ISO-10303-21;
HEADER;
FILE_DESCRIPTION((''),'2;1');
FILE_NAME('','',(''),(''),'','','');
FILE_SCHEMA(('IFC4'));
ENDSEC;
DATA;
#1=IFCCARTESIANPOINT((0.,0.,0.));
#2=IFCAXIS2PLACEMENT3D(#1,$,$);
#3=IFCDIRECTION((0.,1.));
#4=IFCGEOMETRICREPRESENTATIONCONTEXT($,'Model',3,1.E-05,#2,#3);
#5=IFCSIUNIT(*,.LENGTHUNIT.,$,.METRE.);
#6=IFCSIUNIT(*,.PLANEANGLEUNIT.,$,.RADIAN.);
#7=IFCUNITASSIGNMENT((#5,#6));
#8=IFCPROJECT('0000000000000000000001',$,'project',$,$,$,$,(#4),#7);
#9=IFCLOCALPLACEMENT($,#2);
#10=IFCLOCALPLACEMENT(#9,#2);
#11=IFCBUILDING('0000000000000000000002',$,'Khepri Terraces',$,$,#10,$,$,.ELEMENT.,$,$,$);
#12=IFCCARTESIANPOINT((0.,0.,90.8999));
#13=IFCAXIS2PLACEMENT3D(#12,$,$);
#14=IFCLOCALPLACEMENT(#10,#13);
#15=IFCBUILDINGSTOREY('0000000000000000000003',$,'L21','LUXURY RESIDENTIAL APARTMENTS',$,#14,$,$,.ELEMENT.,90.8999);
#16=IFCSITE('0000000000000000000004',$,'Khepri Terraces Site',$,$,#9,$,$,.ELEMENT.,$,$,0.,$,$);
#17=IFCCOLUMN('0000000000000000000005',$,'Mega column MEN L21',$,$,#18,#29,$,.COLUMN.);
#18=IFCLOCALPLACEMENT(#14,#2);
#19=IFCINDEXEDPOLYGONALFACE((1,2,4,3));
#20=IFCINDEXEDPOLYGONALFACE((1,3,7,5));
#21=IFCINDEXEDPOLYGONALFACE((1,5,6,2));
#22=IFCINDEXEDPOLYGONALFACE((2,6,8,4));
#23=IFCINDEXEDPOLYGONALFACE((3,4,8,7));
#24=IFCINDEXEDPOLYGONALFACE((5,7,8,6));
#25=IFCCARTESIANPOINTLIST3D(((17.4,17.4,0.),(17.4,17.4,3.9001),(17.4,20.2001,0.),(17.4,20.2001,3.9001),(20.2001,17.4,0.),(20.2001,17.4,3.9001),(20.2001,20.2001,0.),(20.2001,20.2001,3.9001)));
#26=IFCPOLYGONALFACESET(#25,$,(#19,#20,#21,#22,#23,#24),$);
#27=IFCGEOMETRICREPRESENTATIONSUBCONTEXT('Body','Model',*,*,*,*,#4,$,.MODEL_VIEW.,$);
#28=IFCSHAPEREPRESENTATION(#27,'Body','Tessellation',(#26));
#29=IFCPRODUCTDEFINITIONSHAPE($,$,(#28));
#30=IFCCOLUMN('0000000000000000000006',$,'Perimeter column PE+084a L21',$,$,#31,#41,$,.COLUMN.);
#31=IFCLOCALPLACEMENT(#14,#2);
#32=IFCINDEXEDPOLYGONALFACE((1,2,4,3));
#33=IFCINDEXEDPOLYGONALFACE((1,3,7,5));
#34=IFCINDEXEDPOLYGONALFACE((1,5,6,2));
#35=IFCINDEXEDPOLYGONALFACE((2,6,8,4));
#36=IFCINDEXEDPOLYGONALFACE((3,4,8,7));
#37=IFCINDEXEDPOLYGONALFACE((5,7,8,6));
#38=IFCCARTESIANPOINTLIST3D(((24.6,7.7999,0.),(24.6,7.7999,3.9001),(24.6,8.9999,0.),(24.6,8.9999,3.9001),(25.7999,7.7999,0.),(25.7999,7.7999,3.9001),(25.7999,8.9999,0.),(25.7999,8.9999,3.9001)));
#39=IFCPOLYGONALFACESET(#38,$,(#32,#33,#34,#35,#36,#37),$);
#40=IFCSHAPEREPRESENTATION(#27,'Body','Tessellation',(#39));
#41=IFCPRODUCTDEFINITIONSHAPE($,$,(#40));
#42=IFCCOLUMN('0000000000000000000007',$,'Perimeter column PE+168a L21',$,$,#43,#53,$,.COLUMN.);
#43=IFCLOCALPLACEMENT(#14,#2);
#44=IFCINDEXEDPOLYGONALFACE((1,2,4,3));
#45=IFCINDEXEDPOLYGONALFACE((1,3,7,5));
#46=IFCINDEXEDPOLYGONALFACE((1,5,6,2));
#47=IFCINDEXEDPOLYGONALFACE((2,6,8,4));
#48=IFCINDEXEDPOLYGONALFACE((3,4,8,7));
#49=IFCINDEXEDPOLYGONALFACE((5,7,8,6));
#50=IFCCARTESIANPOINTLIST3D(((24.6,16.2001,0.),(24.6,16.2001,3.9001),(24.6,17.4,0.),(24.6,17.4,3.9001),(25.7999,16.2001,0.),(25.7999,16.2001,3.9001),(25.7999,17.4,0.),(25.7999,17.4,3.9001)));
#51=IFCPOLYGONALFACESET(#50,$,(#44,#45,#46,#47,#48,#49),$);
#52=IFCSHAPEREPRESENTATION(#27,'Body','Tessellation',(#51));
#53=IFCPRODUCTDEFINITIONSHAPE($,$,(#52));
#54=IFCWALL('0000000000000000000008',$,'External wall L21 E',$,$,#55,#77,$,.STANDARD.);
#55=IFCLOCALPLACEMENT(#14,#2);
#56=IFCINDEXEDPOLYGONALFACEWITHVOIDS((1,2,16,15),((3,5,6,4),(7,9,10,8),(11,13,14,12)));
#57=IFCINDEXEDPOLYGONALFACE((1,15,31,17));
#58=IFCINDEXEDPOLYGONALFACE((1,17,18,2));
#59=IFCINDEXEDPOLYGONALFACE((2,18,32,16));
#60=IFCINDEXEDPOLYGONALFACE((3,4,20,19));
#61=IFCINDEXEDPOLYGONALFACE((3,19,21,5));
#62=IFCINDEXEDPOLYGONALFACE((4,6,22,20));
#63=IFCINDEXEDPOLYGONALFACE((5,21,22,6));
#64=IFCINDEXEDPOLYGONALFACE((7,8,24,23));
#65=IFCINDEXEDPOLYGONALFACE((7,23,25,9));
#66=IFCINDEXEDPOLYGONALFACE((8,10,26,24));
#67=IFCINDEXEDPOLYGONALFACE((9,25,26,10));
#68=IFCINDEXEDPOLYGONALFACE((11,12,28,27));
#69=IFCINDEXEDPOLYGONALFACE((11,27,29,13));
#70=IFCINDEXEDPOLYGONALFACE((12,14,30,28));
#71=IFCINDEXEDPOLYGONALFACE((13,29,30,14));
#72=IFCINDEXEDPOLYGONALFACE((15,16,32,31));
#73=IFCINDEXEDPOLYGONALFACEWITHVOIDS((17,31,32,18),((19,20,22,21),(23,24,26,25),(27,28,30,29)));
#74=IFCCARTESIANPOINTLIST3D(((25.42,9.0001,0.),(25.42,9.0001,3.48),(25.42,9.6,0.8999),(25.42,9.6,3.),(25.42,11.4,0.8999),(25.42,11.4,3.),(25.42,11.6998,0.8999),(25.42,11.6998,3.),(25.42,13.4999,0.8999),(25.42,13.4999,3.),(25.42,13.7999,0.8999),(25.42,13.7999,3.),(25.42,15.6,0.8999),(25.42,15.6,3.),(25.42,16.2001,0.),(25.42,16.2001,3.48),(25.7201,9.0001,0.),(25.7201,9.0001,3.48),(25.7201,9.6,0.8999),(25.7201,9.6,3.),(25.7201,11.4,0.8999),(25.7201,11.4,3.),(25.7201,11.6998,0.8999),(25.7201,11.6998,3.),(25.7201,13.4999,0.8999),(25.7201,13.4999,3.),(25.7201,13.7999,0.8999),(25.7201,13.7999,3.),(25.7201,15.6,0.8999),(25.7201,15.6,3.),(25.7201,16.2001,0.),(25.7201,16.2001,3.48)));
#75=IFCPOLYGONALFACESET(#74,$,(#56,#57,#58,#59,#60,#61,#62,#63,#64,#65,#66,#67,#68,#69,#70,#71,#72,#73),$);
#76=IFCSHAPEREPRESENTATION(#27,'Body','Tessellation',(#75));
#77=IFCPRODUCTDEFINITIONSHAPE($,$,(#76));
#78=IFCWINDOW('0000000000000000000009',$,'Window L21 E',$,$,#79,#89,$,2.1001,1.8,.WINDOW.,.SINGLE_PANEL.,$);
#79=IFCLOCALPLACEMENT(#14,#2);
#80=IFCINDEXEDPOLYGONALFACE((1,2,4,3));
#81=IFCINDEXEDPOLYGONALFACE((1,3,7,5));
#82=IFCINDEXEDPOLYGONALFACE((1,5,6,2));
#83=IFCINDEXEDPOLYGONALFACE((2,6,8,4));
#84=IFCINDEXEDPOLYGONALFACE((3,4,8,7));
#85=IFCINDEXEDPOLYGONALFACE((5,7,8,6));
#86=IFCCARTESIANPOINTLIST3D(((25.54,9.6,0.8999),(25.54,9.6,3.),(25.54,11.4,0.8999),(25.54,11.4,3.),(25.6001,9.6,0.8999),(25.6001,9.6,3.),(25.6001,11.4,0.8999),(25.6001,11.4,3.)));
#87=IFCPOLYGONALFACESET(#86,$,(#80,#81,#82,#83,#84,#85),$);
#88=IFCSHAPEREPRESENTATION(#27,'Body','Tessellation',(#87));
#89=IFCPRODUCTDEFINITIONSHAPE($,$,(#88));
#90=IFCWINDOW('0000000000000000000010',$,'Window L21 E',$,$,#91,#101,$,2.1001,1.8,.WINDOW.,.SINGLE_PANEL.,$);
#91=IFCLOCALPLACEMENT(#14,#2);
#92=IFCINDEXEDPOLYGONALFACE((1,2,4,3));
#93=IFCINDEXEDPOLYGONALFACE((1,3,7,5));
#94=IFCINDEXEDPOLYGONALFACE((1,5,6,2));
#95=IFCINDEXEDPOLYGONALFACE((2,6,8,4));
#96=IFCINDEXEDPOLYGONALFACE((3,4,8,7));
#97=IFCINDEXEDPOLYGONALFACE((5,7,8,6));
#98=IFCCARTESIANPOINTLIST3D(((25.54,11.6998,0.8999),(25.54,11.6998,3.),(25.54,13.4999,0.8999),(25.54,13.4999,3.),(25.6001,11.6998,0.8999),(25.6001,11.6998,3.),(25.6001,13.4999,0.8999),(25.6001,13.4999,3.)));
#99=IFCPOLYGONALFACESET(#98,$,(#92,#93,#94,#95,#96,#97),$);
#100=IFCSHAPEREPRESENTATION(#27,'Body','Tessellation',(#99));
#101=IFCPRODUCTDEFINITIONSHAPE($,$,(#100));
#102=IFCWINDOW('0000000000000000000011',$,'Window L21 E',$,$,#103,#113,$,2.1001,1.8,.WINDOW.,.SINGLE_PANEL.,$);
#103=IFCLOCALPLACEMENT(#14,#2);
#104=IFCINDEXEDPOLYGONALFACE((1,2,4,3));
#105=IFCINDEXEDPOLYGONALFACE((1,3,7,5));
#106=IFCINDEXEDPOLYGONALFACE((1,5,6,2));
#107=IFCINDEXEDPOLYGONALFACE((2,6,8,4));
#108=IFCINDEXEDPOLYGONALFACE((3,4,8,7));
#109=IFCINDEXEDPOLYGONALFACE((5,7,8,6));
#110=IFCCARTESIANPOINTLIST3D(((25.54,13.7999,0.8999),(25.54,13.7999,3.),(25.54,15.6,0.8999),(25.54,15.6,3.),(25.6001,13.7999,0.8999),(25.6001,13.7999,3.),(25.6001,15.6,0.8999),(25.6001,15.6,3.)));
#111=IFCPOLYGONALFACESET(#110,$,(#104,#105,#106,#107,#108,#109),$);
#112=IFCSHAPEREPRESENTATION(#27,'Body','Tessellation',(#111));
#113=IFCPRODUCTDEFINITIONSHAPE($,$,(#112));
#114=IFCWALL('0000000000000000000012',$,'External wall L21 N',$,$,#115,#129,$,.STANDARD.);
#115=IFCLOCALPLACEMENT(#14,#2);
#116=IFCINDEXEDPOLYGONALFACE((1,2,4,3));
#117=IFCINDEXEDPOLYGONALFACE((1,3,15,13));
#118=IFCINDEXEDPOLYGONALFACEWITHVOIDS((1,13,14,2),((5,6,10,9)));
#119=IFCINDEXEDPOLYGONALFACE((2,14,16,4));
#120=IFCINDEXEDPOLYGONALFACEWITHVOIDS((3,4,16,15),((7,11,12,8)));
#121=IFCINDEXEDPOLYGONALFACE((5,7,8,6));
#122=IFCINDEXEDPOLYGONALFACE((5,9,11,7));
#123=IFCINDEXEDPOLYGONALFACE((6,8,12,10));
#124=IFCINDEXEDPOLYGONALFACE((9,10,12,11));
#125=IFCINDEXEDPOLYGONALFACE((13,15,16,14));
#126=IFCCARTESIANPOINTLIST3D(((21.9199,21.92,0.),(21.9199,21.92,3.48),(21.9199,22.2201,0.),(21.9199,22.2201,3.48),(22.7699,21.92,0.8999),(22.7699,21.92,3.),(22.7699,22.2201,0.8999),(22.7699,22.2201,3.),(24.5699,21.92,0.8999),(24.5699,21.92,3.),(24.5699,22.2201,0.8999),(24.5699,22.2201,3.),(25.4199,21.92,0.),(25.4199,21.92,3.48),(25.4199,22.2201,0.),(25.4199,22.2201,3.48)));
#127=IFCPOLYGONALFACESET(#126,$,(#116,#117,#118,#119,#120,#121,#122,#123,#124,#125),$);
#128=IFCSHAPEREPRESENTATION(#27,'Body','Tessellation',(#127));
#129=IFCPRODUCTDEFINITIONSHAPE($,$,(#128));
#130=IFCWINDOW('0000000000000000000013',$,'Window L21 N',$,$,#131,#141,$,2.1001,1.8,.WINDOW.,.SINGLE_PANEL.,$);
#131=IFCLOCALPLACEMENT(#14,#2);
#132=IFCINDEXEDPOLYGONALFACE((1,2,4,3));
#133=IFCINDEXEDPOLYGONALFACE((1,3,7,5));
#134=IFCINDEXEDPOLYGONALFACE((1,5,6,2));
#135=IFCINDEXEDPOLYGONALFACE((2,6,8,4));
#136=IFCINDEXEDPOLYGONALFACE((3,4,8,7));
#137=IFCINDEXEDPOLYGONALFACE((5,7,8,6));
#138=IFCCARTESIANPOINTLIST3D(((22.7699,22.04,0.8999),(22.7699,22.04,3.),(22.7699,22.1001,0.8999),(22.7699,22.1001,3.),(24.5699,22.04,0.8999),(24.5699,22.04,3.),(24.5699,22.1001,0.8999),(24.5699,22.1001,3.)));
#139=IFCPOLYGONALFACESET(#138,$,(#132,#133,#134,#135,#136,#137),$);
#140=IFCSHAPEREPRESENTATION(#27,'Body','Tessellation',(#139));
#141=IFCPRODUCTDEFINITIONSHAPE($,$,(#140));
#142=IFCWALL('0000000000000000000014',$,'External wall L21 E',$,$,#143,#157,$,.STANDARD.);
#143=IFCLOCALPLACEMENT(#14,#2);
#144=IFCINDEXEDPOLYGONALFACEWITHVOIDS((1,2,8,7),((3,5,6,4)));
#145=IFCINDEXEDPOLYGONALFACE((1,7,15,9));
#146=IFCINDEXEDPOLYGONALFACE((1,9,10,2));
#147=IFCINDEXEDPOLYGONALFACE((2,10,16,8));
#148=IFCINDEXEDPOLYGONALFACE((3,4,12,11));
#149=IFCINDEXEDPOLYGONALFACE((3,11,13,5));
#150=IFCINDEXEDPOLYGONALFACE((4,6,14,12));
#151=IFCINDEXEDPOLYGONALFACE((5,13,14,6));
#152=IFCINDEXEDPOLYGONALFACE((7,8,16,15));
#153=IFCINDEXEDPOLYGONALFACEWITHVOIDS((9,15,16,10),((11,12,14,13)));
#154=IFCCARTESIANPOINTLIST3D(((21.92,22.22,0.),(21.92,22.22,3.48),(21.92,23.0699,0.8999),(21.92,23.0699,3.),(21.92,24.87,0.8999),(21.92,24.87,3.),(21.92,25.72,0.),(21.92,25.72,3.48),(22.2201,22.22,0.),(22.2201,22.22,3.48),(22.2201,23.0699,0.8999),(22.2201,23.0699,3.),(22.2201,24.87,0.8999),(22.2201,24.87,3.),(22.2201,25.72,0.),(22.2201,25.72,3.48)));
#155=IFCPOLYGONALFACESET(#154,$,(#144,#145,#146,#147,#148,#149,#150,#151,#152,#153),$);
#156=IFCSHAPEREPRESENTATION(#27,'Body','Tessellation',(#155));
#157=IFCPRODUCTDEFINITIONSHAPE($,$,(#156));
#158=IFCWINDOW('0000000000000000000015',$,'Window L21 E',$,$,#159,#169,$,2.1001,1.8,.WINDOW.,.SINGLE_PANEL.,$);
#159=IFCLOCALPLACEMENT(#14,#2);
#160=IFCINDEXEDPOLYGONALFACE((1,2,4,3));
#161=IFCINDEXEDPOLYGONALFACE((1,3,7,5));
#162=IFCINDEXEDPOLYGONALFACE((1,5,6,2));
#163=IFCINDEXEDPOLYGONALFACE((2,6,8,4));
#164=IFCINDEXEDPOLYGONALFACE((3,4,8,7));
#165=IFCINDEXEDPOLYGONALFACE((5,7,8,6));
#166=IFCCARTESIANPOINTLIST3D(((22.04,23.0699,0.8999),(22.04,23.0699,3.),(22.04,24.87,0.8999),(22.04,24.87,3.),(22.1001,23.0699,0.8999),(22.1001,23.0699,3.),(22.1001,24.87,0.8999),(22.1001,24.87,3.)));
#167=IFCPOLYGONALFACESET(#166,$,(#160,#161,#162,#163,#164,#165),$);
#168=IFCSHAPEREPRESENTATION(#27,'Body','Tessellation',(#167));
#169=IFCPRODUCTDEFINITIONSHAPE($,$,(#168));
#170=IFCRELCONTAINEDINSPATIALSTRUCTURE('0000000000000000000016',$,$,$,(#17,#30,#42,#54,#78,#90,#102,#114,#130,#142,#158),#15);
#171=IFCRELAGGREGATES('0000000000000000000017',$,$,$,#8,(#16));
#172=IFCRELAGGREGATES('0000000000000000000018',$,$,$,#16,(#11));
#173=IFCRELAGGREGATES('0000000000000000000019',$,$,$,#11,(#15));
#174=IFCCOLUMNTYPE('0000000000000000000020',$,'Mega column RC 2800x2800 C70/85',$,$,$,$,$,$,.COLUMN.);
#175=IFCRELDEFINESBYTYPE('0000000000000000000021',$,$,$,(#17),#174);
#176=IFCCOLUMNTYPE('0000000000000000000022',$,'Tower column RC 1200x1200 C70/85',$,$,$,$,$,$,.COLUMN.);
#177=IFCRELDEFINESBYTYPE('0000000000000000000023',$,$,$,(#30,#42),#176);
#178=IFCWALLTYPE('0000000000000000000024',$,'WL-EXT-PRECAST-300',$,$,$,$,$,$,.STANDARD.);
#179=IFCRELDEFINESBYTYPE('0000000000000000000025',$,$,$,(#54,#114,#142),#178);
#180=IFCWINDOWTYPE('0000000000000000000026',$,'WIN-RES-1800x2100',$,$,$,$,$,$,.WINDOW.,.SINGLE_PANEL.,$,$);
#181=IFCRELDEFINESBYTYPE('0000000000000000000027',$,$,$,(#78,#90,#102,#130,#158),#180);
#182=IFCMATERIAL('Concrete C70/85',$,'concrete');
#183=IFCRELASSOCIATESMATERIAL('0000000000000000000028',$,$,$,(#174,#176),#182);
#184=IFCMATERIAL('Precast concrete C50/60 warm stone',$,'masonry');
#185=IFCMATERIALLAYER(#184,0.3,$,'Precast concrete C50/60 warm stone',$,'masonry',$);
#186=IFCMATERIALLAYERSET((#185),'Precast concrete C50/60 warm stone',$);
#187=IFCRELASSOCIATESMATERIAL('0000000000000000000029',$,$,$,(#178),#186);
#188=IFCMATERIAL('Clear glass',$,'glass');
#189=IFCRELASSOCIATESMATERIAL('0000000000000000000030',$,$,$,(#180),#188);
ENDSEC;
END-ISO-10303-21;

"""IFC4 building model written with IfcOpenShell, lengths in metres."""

from ifc_helpers import new_model, si_unit, direction, frame, frame_2d, origin, origin_2d, place, context, subcontext, project, spatial, rectangle, extrude, material, layer, layer_set, material_profile, profile_set, type_object, element, fill, save


model = new_model("IFC4")

# Units and contexts
model_context = context("Model", 3, precision=1e-05, world=origin(), true_north=direction((0.0, 1.0)))
body_context = subcontext(model_context, "Body", "Model", "MODEL_VIEW")
ifc_project = project(units=[si_unit("LENGTHUNIT", "METRE"), si_unit("PLANEANGLEUNIT", "RADIAN")], contexts=[model_context])

# Site, building, storey
site_placement = place(None, origin())
site = spatial("IfcSite", under=ifc_project, at=site_placement, Name="Khepri Terraces Site", CompositionType="ELEMENT", RefElevation=0.0)
building_placement = place(site_placement, origin())
building = spatial("IfcBuilding", under=site, at=building_placement, Name="Khepri Terraces", CompositionType="ELEMENT")
storey_placement = place(building_placement, frame((0.0, 0.0, 90.8999)))
storey = spatial("IfcBuildingStorey", under=building, at=storey_placement, Name="L21", Description="LUXURY RESIDENTIAL APARTMENTS", CompositionType="ELEMENT", Elevation=90.8999)

# Columns
ifc_material_1 = material(Name="Concrete C70/85", Category="concrete")
ifc_material_profile_1 = material_profile(ifc_material_1, rectangle(XDim=2.8, YDim=2.8, at=origin_2d()), Name="Concrete C70/85", Category="concrete")
ifc_profile_set_1 = profile_set([ifc_material_profile_1], Name="Concrete C70/85")
column_type_1 = type_object("IfcColumnType", Name="Mega column RC 2800x2800 C70/85", PredefinedType="COLUMN", material=ifc_profile_set_1)
column_placement = place(storey_placement, frame((18.8, 18.8, 0.0), z_axis=(0.0, 0.0, 1.0), x_axis=(1.0, 0.0, 0.0)))
element("IfcColumn", 1, at=column_placement, inside=storey, type_object=column_type_1, Name="Mega column MEN L21", PredefinedType="COLUMN", context=body_context, shape_type="SweptSolid", body=[
    extrude(rectangle(XDim=2.8, YDim=2.8, at=origin_2d()), origin(), (0.0, 0.0, 1.0), 3.9001),
])
ifc_material_profile_2 = material_profile(ifc_material_1, rectangle(XDim=1.2, YDim=1.2, at=origin_2d()), Name="Concrete C70/85", Category="concrete")
ifc_profile_set_2 = profile_set([ifc_material_profile_2], Name="Concrete C70/85")
column_type_2 = type_object("IfcColumnType", Name="Tower column RC 1200x1200 C70/85", PredefinedType="COLUMN", material=ifc_profile_set_2)
for number, where, z_axis, x_axis, name in (
    (2, (25.2, 8.3999, 0.0), (0.0, 0.0, 1.0), (1.0, 0.0, 0.0), "Perimeter column PE+084a L21"),
    (3, (25.2, 16.8, 0.0), (0.0, 0.0, 1.0), (1.0, 0.0, 0.0), "Perimeter column PE+168a L21"),
):
    element("IfcColumn", number, at=place(storey_placement, frame(where, z_axis=z_axis, x_axis=x_axis)), inside=storey, type_object=column_type_2, Name=name, PredefinedType="COLUMN", context=body_context, shape_type="SweptSolid", body=[
        extrude(rectangle(XDim=1.2, YDim=1.2, at=origin_2d()), origin(), (0.0, 0.0, 1.0), 3.9001),
    ])

# Wall, openings, windows
ifc_material_2 = material(Name="Precast concrete C50/60 warm stone", Category="masonry")
ifc_layer_1 = layer(ifc_material_2, 0.3, Name="Precast concrete C50/60 warm stone", Category="masonry")
ifc_layer_set_1 = layer_set([ifc_layer_1], Name="Precast concrete C50/60 warm stone")
wall_type_1 = type_object("IfcWallType", Name="WL-EXT-PRECAST-300", PredefinedType="STANDARD", material=ifc_layer_set_1)
wall_1_placement = place(storey_placement, frame((25.5701, 9.0, 0.0), z_axis=(0.0, 0.0, 1.0), x_axis=(0.0, 1.0, 0.0)))
wall_1 = element("IfcWall", 4, at=wall_1_placement, inside=storey, type_object=wall_type_1, Name="External wall L21 E", PredefinedType="STANDARD", context=body_context, shape_type="SweptSolid", body=[
    extrude(rectangle(XDim=7.2, YDim=0.3, at=frame_2d((3.6001, 0.0))), origin(), (0.0, 0.0, 1.0), 3.48),
])
opening_1_placement = place(wall_1_placement, frame((0.6001, 0.0, 0.8999)))
opening_1 = element("IfcOpeningElement", 5, at=opening_1_placement, cuts=wall_1, PredefinedType="OPENING", context=body_context, shape_type="SweptSolid", body=[
    extrude(rectangle(XDim=1.8, YDim=2.1001, at=frame_2d((0.8999, 1.05))), frame((0.0, 0.1602, 0.0), z_axis=(0.0, -1.0, 0.0), x_axis=(1.0, 0.0, 0.0)), (0.0, 0.0, 1.0), 0.3201),
])
opening_2_placement = place(wall_1_placement, frame((2.7, 0.0, 0.8999)))
opening_2 = element("IfcOpeningElement", 6, at=opening_2_placement, cuts=wall_1, PredefinedType="OPENING", context=body_context, shape_type="SweptSolid", body=[
    extrude(rectangle(XDim=1.8, YDim=2.1001, at=frame_2d((0.8999, 1.05))), frame((0.0, 0.1602, 0.0), z_axis=(0.0, -1.0, 0.0), x_axis=(1.0, 0.0, 0.0)), (0.0, 0.0, 1.0), 0.3201),
])
opening_3_placement = place(wall_1_placement, frame((4.8, 0.0, 0.8999)))
opening_3 = element("IfcOpeningElement", 7, at=opening_3_placement, cuts=wall_1, PredefinedType="OPENING", context=body_context, shape_type="SweptSolid", body=[
    extrude(rectangle(XDim=1.8, YDim=2.1001, at=frame_2d((0.8999, 1.05))), frame((0.0, 0.1602, 0.0), z_axis=(0.0, -1.0, 0.0), x_axis=(1.0, 0.0, 0.0)), (0.0, 0.0, 1.0), 0.3201),
])
ifc_material_3 = material(Name="Clear glass", Category="glass")
window_type = type_object("IfcWindowType", Name="WIN-RES-1800x2100", PartitioningType="SINGLE_PANEL", PredefinedType="WINDOW", material=ifc_material_3)
window_1_placement = place(opening_1_placement, origin())
window_1 = element("IfcWindow", 8, at=window_1_placement, inside=storey, type_object=window_type, Name="Window L21 E", OverallHeight=2.1001, OverallWidth=1.8, PartitioningType="SINGLE_PANEL", PredefinedType="WINDOW", context=body_context, shape_type="SweptSolid", body=[
    extrude(rectangle(XDim=1.8, YDim=2.1001, at=frame_2d((0.8999, 1.05))), frame((0.0, 0.03, 0.0), z_axis=(0.0, -1.0, 0.0), x_axis=(1.0, 0.0, 0.0)), (0.0, 0.0, 1.0), 0.0601),
])
fill(opening_1, window_1)
window_2_placement = place(opening_2_placement, origin())
window_2 = element("IfcWindow", 9, at=window_2_placement, inside=storey, type_object=window_type, Name="Window L21 E", OverallHeight=2.1001, OverallWidth=1.8, PartitioningType="SINGLE_PANEL", PredefinedType="WINDOW", context=body_context, shape_type="SweptSolid", body=[
    extrude(rectangle(XDim=1.8, YDim=2.1001, at=frame_2d((0.8999, 1.05))), frame((0.0, 0.03, 0.0), z_axis=(0.0, -1.0, 0.0), x_axis=(1.0, 0.0, 0.0)), (0.0, 0.0, 1.0), 0.0601),
])
fill(opening_2, window_2)
window_3_placement = place(opening_3_placement, origin())
window_3 = element("IfcWindow", 10, at=window_3_placement, inside=storey, type_object=window_type, Name="Window L21 E", OverallHeight=2.1001, OverallWidth=1.8, PartitioningType="SINGLE_PANEL", PredefinedType="WINDOW", context=body_context, shape_type="SweptSolid", body=[
    extrude(rectangle(XDim=1.8, YDim=2.1001, at=frame_2d((0.8999, 1.05))), frame((0.0, 0.03, 0.0), z_axis=(0.0, -1.0, 0.0), x_axis=(1.0, 0.0, 0.0)), (0.0, 0.0, 1.0), 0.0601),
])
fill(opening_3, window_3)

# Walls, openings, windows
wall_2_placement = place(storey_placement, frame((25.4199, 22.0701, 0.0), z_axis=(0.0, 0.0, 1.0), x_axis=(-1.0, 0.0, 0.0)))
wall_2 = element("IfcWall", 11, at=wall_2_placement, inside=storey, type_object=wall_type_1, Name="External wall L21 N", PredefinedType="STANDARD", context=body_context, shape_type="SweptSolid", body=[
    extrude(rectangle(XDim=3.5, YDim=0.3, at=frame_2d((1.75, 0.0))), origin(), (0.0, 0.0, 1.0), 3.48),
])
opening_4_placement = place(wall_2_placement, frame((0.8501, 0.0, 0.8999)))
opening_4 = element("IfcOpeningElement", 12, at=opening_4_placement, cuts=wall_2, PredefinedType="OPENING", context=body_context, shape_type="SweptSolid", body=[
    extrude(rectangle(XDim=1.8, YDim=2.1001, at=frame_2d((0.8999, 1.05))), frame((0.0, 0.1602, 0.0), z_axis=(0.0, -1.0, 0.0), x_axis=(1.0, 0.0, 0.0)), (0.0, 0.0, 1.0), 0.3201),
])
window_4_placement = place(opening_4_placement, origin())
window_4 = element("IfcWindow", 13, at=window_4_placement, inside=storey, type_object=window_type, Name="Window L21 N", OverallHeight=2.1001, OverallWidth=1.8, PartitioningType="SINGLE_PANEL", PredefinedType="WINDOW", context=body_context, shape_type="SweptSolid", body=[
    extrude(rectangle(XDim=1.8, YDim=2.1001, at=frame_2d((0.8999, 1.05))), frame((0.0, 0.03, 0.0), z_axis=(0.0, -1.0, 0.0), x_axis=(1.0, 0.0, 0.0)), (0.0, 0.0, 1.0), 0.0601),
])
fill(opening_4, window_4)
wall_3_placement = place(storey_placement, frame((22.0701, 22.22, 0.0), z_axis=(0.0, 0.0, 1.0), x_axis=(0.0, 1.0, 0.0)))
wall_3 = element("IfcWall", 14, at=wall_3_placement, inside=storey, type_object=wall_type_1, Name="External wall L21 E", PredefinedType="STANDARD", context=body_context, shape_type="SweptSolid", body=[
    extrude(rectangle(XDim=3.5, YDim=0.3, at=frame_2d((1.75, 0.0))), origin(), (0.0, 0.0, 1.0), 3.48),
])
opening_5_placement = place(wall_3_placement, frame((0.8501, 0.0, 0.8999)))
opening_5 = element("IfcOpeningElement", 15, at=opening_5_placement, cuts=wall_3, PredefinedType="OPENING", context=body_context, shape_type="SweptSolid", body=[
    extrude(rectangle(XDim=1.8, YDim=2.1001, at=frame_2d((0.8999, 1.05))), frame((0.0, 0.1602, 0.0), z_axis=(0.0, -1.0, 0.0), x_axis=(1.0, 0.0, 0.0)), (0.0, 0.0, 1.0), 0.3201),
])
window_5_placement = place(opening_5_placement, origin())
window_5 = element("IfcWindow", 16, at=window_5_placement, inside=storey, type_object=window_type, Name="Window L21 E", OverallHeight=2.1001, OverallWidth=1.8, PartitioningType="SINGLE_PANEL", PredefinedType="WINDOW", context=body_context, shape_type="SweptSolid", body=[
    extrude(rectangle(XDim=1.8, YDim=2.1001, at=frame_2d((0.8999, 1.05))), frame((0.0, 0.03, 0.0), z_axis=(0.0, -1.0, 0.0), x_axis=(1.0, 0.0, 0.0)), (0.0, 0.0, 1.0), 0.0601),
])
fill(opening_5, window_5)

save(model, "model.ifc")
